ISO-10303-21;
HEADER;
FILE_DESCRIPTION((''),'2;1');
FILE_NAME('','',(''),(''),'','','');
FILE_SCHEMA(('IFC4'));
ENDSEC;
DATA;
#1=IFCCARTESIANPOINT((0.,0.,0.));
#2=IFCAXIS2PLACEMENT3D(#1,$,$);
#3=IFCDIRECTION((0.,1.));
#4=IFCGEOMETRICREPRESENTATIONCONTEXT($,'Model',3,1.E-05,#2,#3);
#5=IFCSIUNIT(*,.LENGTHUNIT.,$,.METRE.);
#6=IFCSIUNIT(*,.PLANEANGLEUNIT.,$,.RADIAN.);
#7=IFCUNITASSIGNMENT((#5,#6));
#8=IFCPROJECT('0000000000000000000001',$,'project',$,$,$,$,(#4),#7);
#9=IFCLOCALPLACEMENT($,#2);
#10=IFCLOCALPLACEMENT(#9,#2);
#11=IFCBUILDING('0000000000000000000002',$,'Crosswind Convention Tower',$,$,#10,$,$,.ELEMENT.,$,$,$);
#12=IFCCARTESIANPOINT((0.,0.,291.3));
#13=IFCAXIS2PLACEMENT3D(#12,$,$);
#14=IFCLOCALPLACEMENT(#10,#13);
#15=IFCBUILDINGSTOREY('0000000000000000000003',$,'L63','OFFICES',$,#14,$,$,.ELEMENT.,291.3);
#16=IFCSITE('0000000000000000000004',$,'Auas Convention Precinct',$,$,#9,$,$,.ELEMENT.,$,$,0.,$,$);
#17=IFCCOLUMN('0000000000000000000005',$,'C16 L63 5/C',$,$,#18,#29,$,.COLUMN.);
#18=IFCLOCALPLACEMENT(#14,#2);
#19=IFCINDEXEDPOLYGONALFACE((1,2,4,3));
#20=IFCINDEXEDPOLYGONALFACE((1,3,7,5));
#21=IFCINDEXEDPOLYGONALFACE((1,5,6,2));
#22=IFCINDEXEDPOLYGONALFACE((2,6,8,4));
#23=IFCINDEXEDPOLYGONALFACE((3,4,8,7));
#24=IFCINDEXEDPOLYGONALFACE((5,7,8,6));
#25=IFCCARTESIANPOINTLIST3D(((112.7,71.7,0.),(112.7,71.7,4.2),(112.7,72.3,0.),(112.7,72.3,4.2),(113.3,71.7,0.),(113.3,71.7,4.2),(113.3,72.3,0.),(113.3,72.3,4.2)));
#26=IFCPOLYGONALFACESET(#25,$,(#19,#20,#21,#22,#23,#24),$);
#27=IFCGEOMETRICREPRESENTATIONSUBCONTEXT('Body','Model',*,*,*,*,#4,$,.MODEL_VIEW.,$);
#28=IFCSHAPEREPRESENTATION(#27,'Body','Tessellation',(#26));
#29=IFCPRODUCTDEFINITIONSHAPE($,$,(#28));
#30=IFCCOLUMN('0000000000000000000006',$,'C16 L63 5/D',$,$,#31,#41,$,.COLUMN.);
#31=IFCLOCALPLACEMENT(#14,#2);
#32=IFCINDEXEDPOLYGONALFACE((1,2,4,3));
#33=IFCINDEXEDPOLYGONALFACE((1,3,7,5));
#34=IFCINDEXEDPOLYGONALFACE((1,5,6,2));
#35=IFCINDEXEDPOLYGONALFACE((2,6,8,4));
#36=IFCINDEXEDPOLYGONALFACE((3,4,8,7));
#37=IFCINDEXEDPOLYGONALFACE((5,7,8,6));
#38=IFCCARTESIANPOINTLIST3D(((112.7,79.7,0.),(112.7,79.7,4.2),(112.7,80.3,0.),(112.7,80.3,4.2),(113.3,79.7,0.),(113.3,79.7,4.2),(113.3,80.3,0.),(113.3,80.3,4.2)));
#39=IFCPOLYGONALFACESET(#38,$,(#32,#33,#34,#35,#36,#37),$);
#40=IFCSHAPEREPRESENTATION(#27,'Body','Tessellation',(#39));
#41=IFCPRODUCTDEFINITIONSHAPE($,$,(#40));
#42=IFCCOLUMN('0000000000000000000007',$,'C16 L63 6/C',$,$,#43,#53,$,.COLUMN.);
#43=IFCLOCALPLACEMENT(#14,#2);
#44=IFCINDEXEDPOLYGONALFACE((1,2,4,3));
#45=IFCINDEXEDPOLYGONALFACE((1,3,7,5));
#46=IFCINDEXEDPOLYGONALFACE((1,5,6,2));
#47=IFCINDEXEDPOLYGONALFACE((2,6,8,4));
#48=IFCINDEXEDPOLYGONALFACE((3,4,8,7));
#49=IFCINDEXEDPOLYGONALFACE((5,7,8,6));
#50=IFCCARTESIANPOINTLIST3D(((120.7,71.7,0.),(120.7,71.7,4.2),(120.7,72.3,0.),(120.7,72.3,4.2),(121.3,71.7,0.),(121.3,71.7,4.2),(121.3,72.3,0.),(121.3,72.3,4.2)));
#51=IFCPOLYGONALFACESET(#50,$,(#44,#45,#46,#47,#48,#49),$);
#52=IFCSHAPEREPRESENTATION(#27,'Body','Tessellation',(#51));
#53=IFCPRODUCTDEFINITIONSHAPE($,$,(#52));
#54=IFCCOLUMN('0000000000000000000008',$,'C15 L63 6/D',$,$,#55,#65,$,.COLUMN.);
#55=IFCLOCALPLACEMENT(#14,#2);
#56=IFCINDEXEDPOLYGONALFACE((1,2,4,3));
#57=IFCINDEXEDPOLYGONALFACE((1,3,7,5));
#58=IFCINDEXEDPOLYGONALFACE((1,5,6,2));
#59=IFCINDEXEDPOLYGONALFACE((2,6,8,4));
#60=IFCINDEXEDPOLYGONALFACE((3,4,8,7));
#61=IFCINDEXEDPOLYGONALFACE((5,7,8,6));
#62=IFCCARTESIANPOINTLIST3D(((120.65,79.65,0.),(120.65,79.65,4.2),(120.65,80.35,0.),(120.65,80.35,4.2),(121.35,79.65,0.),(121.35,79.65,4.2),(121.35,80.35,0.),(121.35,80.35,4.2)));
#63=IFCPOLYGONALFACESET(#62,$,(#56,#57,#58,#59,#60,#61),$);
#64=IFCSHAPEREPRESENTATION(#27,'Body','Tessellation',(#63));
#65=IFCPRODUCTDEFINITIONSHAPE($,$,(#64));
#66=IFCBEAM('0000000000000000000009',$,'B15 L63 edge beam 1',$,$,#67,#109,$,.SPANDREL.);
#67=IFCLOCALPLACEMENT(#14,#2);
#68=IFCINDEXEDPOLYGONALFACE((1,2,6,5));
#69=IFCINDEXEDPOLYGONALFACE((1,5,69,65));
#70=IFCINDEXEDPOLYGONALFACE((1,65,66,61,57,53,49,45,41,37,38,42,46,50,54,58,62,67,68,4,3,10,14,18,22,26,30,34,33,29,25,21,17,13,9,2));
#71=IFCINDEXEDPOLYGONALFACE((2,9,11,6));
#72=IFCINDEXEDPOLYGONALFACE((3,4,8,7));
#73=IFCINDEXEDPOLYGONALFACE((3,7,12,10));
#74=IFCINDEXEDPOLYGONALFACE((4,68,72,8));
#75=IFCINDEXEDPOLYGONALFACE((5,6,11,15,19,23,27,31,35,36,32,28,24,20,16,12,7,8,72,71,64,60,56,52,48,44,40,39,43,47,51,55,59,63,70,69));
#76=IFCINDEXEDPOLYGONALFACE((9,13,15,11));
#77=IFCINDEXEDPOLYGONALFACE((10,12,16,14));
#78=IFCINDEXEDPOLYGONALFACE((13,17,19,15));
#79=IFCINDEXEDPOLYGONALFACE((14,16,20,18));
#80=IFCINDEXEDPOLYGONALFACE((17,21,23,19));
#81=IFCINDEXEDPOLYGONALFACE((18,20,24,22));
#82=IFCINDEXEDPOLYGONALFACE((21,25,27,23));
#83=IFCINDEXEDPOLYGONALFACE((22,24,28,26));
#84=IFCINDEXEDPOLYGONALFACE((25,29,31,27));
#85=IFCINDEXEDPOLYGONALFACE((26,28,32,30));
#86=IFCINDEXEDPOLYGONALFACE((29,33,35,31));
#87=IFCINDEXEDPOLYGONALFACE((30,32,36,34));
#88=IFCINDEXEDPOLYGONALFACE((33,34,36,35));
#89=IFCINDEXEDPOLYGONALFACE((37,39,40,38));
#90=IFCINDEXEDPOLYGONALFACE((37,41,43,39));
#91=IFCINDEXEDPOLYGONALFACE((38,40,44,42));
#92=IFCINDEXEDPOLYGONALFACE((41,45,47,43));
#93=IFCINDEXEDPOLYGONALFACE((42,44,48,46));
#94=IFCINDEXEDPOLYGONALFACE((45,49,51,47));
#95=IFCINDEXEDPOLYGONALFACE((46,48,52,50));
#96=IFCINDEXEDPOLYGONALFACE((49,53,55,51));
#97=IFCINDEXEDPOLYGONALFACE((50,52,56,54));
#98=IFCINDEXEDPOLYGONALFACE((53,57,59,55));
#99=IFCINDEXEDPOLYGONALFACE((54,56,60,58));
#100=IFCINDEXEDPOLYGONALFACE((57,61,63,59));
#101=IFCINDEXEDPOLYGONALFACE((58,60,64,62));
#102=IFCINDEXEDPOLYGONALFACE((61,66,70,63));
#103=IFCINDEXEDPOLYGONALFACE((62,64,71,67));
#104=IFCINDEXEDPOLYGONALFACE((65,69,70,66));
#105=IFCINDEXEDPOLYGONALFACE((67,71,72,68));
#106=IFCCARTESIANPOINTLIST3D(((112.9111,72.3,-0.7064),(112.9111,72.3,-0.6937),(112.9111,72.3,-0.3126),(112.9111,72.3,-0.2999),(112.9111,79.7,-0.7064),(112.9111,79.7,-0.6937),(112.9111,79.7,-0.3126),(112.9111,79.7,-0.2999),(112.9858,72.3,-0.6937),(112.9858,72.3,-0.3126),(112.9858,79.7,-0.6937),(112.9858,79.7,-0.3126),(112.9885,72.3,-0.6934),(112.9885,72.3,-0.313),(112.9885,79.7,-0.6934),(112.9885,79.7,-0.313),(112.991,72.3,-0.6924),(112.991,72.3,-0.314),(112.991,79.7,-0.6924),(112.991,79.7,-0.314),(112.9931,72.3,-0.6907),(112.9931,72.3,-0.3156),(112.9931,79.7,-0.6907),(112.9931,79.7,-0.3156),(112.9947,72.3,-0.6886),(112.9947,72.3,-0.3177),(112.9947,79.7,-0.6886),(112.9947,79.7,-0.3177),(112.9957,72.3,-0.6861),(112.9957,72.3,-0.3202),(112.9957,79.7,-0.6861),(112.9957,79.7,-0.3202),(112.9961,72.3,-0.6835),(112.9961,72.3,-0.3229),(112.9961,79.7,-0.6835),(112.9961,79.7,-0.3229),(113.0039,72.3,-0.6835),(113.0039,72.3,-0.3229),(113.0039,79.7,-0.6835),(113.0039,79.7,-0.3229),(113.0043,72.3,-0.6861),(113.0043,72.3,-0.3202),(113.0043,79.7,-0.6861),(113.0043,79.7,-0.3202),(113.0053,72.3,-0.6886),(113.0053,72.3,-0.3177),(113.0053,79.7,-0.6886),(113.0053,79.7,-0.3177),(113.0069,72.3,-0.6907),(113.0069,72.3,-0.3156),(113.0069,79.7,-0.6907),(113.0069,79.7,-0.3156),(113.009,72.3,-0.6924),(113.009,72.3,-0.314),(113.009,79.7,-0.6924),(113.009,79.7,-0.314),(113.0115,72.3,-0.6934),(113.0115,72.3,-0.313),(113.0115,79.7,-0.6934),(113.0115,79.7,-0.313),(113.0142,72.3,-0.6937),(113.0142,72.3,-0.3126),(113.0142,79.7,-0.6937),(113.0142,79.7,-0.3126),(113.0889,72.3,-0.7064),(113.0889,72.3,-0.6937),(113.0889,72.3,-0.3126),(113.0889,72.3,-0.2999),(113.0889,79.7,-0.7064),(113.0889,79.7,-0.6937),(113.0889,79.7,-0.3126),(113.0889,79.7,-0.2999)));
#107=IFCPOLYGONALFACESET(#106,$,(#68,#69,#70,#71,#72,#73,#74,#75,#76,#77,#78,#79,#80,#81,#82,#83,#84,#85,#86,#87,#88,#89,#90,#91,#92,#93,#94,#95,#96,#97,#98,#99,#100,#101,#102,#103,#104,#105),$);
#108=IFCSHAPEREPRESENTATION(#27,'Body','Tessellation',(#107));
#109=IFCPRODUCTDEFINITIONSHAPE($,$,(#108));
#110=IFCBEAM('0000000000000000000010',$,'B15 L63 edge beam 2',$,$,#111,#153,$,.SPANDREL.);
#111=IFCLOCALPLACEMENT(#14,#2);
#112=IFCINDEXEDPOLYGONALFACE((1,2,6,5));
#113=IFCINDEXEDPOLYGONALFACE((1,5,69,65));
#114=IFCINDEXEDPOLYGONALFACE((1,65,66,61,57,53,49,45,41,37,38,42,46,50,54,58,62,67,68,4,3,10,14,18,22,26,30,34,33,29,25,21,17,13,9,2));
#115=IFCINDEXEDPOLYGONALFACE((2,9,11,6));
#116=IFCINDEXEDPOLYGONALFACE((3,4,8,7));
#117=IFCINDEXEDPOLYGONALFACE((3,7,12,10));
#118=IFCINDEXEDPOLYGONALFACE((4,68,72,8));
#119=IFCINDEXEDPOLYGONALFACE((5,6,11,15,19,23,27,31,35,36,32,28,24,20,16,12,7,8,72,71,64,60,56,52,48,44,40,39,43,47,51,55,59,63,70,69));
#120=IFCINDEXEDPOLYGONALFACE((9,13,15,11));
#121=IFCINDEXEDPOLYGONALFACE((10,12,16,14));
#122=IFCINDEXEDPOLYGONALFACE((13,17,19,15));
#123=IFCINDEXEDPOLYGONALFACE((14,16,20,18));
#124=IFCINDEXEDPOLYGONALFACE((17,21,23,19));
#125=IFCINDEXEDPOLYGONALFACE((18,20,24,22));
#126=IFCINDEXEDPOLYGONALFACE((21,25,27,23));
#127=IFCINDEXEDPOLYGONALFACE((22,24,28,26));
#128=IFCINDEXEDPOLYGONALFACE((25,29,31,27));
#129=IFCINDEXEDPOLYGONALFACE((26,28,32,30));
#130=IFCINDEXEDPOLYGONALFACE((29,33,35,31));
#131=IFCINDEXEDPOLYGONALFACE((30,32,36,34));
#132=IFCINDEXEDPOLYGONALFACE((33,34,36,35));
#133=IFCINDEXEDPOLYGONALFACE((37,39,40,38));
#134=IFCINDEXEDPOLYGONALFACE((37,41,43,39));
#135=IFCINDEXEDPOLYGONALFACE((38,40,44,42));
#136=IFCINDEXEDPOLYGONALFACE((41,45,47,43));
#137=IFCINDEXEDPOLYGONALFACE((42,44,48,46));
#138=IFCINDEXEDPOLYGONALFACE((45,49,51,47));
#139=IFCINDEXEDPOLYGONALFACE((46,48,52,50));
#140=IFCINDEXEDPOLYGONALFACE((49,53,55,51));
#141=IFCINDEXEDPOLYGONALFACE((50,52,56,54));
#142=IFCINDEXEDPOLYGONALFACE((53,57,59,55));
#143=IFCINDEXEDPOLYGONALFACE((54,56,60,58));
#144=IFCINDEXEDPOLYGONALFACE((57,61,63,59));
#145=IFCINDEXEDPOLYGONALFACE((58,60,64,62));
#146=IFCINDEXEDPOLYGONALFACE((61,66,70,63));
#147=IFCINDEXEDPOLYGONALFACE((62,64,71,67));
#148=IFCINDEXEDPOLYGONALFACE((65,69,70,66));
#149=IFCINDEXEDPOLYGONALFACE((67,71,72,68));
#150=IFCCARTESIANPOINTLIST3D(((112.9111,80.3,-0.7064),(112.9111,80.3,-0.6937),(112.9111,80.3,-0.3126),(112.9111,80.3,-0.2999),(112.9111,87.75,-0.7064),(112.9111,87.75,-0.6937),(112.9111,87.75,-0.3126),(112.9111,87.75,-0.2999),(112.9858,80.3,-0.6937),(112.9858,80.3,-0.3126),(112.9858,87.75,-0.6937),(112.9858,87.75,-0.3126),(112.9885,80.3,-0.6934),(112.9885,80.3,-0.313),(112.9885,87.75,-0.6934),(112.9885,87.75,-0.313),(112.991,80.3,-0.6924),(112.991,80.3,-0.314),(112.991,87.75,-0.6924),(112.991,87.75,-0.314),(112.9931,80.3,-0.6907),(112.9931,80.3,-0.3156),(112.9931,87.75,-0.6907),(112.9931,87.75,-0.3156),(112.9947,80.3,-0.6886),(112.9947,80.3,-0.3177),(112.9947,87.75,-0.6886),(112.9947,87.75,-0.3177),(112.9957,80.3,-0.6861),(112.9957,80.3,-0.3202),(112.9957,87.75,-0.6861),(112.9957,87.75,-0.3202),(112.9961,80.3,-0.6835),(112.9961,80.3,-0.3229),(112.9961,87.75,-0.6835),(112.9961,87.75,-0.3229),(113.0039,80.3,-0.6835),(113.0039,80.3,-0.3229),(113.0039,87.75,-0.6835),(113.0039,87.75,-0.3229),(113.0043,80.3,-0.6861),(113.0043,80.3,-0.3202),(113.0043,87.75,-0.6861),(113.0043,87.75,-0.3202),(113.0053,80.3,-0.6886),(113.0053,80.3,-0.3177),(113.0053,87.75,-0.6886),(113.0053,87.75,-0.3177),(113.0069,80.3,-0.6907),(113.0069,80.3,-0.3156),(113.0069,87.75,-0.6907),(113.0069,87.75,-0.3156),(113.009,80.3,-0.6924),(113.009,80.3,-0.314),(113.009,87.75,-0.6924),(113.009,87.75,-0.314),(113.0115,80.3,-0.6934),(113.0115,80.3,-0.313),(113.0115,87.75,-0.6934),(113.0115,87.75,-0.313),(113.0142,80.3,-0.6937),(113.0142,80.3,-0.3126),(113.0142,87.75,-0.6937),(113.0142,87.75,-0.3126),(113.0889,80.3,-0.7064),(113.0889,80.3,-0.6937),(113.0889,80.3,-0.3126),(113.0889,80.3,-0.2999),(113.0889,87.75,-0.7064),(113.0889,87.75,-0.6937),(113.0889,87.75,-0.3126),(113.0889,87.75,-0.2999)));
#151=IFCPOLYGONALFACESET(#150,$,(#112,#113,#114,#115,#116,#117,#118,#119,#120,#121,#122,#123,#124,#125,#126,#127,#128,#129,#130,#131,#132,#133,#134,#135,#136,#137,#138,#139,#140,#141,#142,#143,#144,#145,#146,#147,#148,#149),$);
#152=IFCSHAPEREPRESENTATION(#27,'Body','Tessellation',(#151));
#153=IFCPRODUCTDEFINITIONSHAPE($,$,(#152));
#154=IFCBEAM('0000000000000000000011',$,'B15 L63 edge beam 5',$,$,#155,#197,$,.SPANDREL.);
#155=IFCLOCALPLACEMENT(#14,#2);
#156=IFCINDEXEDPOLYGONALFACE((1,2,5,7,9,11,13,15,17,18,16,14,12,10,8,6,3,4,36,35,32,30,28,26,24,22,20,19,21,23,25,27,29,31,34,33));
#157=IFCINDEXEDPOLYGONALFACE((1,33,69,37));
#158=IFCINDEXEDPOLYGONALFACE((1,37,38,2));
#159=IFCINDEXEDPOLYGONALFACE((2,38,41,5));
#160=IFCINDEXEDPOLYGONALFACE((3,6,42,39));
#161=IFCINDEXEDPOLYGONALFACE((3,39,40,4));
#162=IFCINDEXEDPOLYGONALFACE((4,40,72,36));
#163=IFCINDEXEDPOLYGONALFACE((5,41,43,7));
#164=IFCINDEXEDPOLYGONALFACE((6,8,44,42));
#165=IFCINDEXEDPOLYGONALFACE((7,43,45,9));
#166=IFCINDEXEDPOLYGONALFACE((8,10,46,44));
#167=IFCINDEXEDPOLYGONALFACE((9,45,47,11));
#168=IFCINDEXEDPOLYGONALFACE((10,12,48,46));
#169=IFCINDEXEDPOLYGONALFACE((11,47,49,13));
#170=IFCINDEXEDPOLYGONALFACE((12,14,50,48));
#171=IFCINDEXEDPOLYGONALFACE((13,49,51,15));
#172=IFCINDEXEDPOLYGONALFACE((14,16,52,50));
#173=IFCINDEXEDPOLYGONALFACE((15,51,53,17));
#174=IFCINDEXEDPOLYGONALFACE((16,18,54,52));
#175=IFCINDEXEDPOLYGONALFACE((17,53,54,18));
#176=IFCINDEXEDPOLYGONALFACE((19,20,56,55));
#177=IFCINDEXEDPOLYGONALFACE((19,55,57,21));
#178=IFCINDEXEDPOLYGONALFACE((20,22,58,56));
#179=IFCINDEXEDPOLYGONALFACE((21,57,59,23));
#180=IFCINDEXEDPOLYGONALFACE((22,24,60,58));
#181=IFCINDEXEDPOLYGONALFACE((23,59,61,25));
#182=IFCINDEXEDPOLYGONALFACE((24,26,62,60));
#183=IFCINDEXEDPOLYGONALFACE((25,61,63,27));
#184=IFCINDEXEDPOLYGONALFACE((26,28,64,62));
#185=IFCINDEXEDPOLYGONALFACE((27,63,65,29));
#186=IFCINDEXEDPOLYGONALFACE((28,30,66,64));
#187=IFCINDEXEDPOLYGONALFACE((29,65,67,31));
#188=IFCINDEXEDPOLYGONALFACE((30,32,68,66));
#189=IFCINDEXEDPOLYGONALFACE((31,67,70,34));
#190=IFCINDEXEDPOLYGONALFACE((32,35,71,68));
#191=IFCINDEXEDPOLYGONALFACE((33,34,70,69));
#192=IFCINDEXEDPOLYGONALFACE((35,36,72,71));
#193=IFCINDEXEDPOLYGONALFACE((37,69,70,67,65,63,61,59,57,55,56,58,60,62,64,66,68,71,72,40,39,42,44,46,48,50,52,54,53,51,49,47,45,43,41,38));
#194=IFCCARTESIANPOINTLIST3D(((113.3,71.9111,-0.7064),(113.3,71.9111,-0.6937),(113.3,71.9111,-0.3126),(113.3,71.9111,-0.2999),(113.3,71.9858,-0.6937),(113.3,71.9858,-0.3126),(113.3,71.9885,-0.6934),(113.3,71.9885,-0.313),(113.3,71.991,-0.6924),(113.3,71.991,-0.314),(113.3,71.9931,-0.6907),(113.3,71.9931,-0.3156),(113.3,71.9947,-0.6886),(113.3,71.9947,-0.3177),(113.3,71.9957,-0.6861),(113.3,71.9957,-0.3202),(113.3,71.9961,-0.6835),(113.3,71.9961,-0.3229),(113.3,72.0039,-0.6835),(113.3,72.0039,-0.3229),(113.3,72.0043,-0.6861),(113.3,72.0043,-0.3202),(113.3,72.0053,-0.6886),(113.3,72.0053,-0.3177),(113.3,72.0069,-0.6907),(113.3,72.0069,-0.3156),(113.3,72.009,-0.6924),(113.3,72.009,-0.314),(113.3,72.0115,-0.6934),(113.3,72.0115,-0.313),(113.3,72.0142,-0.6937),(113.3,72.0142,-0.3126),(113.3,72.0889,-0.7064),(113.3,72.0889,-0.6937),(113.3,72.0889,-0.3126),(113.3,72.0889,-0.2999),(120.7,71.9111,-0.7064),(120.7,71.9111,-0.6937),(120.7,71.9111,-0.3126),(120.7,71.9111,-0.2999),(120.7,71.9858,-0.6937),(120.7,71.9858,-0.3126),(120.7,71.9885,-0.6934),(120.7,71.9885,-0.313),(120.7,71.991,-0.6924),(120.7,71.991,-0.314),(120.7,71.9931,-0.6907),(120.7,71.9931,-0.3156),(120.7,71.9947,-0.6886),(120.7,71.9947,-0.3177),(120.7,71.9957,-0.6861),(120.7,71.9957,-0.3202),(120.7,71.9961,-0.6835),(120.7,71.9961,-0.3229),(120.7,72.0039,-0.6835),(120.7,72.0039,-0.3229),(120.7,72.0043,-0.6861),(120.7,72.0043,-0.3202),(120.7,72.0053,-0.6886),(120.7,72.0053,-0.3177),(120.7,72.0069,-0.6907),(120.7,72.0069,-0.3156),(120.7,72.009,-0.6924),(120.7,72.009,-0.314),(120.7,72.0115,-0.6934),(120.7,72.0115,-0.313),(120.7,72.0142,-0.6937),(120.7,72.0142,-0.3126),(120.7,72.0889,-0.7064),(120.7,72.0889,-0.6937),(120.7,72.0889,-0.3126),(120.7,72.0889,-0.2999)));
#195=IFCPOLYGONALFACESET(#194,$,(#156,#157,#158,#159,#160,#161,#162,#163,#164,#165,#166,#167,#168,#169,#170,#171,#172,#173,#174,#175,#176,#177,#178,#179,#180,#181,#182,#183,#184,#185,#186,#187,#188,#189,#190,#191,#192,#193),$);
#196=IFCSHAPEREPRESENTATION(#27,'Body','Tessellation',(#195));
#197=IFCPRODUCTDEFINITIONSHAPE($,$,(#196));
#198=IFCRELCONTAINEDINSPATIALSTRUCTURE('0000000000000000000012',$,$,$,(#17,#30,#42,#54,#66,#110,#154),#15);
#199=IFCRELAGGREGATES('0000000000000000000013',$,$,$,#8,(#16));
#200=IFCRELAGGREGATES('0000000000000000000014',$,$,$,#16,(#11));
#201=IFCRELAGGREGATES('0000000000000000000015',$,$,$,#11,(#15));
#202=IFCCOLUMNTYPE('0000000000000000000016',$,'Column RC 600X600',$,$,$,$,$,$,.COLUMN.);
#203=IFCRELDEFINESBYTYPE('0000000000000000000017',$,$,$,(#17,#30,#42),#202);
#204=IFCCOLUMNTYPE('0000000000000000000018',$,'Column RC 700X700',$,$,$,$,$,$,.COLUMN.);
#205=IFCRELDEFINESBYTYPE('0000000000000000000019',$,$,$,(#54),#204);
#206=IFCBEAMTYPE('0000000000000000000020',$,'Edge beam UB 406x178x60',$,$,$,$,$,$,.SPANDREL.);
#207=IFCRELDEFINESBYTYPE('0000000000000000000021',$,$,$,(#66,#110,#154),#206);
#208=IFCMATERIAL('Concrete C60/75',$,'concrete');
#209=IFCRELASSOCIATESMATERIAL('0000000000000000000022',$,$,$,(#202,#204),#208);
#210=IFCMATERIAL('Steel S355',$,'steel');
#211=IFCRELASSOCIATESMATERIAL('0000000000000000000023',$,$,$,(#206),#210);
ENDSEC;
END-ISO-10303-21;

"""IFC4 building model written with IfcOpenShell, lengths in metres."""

from ifc_helpers import new_model, si_unit, direction, frame, origin, origin_2d, place, context, subcontext, project, spatial, rectangle, i_section, extrude, material, material_profile, profile_set, type_object, element, save


model = new_model("IFC4")

# Units and contexts
model_context = context("Model", 3, precision=1e-05, world=origin(), true_north=direction((0.0, 1.0)))
body_context = subcontext(model_context, "Body", "Model", "MODEL_VIEW")
ifc_project = project(units=[si_unit("LENGTHUNIT", "METRE"), si_unit("PLANEANGLEUNIT", "RADIAN")], contexts=[model_context])

# Site, building, storey
site_placement = place(None, origin())
site = spatial("IfcSite", under=ifc_project, at=site_placement, Name="Auas Convention Precinct", CompositionType="ELEMENT", RefElevation=0.0)
building_placement = place(site_placement, origin())
building = spatial("IfcBuilding", under=site, at=building_placement, Name="Crosswind Convention Tower", CompositionType="ELEMENT")
storey_placement = place(building_placement, frame((0.0, 0.0, 291.3)))
storey = spatial("IfcBuildingStorey", under=building, at=storey_placement, Name="L63", Description="OFFICES", CompositionType="ELEMENT", Elevation=291.3)

# Columns
ifc_material_1 = material(Name="Concrete C60/75", Category="concrete")
ifc_material_profile_1 = material_profile(ifc_material_1, rectangle(XDim=0.6001, YDim=0.6001, at=origin_2d()), Name="RC 600X600")
ifc_profile_set_1 = profile_set([ifc_material_profile_1], Name="Concrete C60/75")
column_type_1 = type_object("IfcColumnType", Name="Column RC 600X600", PredefinedType="COLUMN", material=ifc_profile_set_1)
for number, where, z_axis, x_axis, name in (
    (1, (113.0, 72.0, 0.0), (0.0, 0.0, 1.0), (1.0, 0.0, 0.0), "C16 L63 5/C"),
    (2, (113.0, 80.0, 0.0), (0.0, 0.0, 1.0), (1.0, 0.0, 0.0), "C16 L63 5/D"),
    (3, (121.0, 72.0, 0.0), (0.0, 0.0, 1.0), (1.0, 0.0, 0.0), "C16 L63 6/C"),
):
    element("IfcColumn", number, at=place(storey_placement, frame(where, z_axis=z_axis, x_axis=x_axis)), inside=storey, type_object=column_type_1, Name=name, PredefinedType="COLUMN", context=body_context, shape_type="SweptSolid", body=[
        extrude(rectangle(XDim=0.6001, YDim=0.6001, at=origin_2d()), origin(), (0.0, 0.0, 1.0), 4.2),
    ])
ifc_material_profile_2 = material_profile(ifc_material_1, rectangle(XDim=0.7, YDim=0.7, at=origin_2d()), Name="RC 700X700")
ifc_profile_set_2 = profile_set([ifc_material_profile_2], Name="Concrete C60/75")
column_type_2 = type_object("IfcColumnType", Name="Column RC 700X700", PredefinedType="COLUMN", material=ifc_profile_set_2)
column_placement = place(storey_placement, frame((121.0, 80.0, 0.0), z_axis=(0.0, 0.0, 1.0), x_axis=(1.0, 0.0, 0.0)))
element("IfcColumn", 4, at=column_placement, inside=storey, type_object=column_type_2, Name="C15 L63 6/D", PredefinedType="COLUMN", context=body_context, shape_type="SweptSolid", body=[
    extrude(rectangle(XDim=0.7, YDim=0.7, at=origin_2d()), origin(), (0.0, 0.0, 1.0), 4.2),
])

# Beams
ifc_material_2 = material(Name="Steel S355", Category="steel")
ifc_material_profile_3 = material_profile(ifc_material_2, i_section(OverallWidth=0.1777, OverallDepth=0.4065, WebThickness=0.0078, FlangeThickness=0.0127, FilletRadius=0.0103, at=origin_2d()), Name="UB 406x178x60")
ifc_profile_set_3 = profile_set([ifc_material_profile_3], Name="Steel S355")
beam_type_1 = type_object("IfcBeamType", Name="Edge beam UB 406x178x60", PredefinedType="SPANDREL", material=ifc_profile_set_3)
beam_1_placement = place(storey_placement, frame((113.0, 72.3, -0.5032), z_axis=(0.0, 1.0, 0.0), x_axis=(-1.0, 0.0, 0.0)))
element("IfcBeam", 5, at=beam_1_placement, inside=storey, type_object=beam_type_1, Name="B15 L63 edge beam 1", PredefinedType="SPANDREL", context=body_context, shape_type="SweptSolid", body=[
    extrude(i_section(OverallWidth=0.1777, OverallDepth=0.4065, WebThickness=0.0078, FlangeThickness=0.0127, FilletRadius=0.0103, at=origin_2d()), origin(), (0.0, 0.0, 1.0), 7.3999),
])
beam_2_placement = place(storey_placement, frame((113.0, 80.3, -0.5032), z_axis=(0.0, 1.0, 0.0), x_axis=(-1.0, 0.0, 0.0)))
element("IfcBeam", 6, at=beam_2_placement, inside=storey, type_object=beam_type_1, Name="B15 L63 edge beam 2", PredefinedType="SPANDREL", context=body_context, shape_type="SweptSolid", body=[
    extrude(i_section(OverallWidth=0.1777, OverallDepth=0.4065, WebThickness=0.0078, FlangeThickness=0.0127, FilletRadius=0.0103, at=origin_2d()), origin(), (0.0, 0.0, 1.0), 7.45),
])
beam_3_placement = place(storey_placement, frame((113.3, 72.0, -0.5032), z_axis=(1.0, 0.0, 0.0), x_axis=(0.0, 1.0, 0.0)))
element("IfcBeam", 7, at=beam_3_placement, inside=storey, type_object=beam_type_1, Name="B15 L63 edge beam 5", PredefinedType="SPANDREL", context=body_context, shape_type="SweptSolid", body=[
    extrude(i_section(OverallWidth=0.1777, OverallDepth=0.4065, WebThickness=0.0078, FlangeThickness=0.0127, FilletRadius=0.0103, at=origin_2d()), origin(), (0.0, 0.0, 1.0), 7.3999),
])

save(model, "model.ifc")
